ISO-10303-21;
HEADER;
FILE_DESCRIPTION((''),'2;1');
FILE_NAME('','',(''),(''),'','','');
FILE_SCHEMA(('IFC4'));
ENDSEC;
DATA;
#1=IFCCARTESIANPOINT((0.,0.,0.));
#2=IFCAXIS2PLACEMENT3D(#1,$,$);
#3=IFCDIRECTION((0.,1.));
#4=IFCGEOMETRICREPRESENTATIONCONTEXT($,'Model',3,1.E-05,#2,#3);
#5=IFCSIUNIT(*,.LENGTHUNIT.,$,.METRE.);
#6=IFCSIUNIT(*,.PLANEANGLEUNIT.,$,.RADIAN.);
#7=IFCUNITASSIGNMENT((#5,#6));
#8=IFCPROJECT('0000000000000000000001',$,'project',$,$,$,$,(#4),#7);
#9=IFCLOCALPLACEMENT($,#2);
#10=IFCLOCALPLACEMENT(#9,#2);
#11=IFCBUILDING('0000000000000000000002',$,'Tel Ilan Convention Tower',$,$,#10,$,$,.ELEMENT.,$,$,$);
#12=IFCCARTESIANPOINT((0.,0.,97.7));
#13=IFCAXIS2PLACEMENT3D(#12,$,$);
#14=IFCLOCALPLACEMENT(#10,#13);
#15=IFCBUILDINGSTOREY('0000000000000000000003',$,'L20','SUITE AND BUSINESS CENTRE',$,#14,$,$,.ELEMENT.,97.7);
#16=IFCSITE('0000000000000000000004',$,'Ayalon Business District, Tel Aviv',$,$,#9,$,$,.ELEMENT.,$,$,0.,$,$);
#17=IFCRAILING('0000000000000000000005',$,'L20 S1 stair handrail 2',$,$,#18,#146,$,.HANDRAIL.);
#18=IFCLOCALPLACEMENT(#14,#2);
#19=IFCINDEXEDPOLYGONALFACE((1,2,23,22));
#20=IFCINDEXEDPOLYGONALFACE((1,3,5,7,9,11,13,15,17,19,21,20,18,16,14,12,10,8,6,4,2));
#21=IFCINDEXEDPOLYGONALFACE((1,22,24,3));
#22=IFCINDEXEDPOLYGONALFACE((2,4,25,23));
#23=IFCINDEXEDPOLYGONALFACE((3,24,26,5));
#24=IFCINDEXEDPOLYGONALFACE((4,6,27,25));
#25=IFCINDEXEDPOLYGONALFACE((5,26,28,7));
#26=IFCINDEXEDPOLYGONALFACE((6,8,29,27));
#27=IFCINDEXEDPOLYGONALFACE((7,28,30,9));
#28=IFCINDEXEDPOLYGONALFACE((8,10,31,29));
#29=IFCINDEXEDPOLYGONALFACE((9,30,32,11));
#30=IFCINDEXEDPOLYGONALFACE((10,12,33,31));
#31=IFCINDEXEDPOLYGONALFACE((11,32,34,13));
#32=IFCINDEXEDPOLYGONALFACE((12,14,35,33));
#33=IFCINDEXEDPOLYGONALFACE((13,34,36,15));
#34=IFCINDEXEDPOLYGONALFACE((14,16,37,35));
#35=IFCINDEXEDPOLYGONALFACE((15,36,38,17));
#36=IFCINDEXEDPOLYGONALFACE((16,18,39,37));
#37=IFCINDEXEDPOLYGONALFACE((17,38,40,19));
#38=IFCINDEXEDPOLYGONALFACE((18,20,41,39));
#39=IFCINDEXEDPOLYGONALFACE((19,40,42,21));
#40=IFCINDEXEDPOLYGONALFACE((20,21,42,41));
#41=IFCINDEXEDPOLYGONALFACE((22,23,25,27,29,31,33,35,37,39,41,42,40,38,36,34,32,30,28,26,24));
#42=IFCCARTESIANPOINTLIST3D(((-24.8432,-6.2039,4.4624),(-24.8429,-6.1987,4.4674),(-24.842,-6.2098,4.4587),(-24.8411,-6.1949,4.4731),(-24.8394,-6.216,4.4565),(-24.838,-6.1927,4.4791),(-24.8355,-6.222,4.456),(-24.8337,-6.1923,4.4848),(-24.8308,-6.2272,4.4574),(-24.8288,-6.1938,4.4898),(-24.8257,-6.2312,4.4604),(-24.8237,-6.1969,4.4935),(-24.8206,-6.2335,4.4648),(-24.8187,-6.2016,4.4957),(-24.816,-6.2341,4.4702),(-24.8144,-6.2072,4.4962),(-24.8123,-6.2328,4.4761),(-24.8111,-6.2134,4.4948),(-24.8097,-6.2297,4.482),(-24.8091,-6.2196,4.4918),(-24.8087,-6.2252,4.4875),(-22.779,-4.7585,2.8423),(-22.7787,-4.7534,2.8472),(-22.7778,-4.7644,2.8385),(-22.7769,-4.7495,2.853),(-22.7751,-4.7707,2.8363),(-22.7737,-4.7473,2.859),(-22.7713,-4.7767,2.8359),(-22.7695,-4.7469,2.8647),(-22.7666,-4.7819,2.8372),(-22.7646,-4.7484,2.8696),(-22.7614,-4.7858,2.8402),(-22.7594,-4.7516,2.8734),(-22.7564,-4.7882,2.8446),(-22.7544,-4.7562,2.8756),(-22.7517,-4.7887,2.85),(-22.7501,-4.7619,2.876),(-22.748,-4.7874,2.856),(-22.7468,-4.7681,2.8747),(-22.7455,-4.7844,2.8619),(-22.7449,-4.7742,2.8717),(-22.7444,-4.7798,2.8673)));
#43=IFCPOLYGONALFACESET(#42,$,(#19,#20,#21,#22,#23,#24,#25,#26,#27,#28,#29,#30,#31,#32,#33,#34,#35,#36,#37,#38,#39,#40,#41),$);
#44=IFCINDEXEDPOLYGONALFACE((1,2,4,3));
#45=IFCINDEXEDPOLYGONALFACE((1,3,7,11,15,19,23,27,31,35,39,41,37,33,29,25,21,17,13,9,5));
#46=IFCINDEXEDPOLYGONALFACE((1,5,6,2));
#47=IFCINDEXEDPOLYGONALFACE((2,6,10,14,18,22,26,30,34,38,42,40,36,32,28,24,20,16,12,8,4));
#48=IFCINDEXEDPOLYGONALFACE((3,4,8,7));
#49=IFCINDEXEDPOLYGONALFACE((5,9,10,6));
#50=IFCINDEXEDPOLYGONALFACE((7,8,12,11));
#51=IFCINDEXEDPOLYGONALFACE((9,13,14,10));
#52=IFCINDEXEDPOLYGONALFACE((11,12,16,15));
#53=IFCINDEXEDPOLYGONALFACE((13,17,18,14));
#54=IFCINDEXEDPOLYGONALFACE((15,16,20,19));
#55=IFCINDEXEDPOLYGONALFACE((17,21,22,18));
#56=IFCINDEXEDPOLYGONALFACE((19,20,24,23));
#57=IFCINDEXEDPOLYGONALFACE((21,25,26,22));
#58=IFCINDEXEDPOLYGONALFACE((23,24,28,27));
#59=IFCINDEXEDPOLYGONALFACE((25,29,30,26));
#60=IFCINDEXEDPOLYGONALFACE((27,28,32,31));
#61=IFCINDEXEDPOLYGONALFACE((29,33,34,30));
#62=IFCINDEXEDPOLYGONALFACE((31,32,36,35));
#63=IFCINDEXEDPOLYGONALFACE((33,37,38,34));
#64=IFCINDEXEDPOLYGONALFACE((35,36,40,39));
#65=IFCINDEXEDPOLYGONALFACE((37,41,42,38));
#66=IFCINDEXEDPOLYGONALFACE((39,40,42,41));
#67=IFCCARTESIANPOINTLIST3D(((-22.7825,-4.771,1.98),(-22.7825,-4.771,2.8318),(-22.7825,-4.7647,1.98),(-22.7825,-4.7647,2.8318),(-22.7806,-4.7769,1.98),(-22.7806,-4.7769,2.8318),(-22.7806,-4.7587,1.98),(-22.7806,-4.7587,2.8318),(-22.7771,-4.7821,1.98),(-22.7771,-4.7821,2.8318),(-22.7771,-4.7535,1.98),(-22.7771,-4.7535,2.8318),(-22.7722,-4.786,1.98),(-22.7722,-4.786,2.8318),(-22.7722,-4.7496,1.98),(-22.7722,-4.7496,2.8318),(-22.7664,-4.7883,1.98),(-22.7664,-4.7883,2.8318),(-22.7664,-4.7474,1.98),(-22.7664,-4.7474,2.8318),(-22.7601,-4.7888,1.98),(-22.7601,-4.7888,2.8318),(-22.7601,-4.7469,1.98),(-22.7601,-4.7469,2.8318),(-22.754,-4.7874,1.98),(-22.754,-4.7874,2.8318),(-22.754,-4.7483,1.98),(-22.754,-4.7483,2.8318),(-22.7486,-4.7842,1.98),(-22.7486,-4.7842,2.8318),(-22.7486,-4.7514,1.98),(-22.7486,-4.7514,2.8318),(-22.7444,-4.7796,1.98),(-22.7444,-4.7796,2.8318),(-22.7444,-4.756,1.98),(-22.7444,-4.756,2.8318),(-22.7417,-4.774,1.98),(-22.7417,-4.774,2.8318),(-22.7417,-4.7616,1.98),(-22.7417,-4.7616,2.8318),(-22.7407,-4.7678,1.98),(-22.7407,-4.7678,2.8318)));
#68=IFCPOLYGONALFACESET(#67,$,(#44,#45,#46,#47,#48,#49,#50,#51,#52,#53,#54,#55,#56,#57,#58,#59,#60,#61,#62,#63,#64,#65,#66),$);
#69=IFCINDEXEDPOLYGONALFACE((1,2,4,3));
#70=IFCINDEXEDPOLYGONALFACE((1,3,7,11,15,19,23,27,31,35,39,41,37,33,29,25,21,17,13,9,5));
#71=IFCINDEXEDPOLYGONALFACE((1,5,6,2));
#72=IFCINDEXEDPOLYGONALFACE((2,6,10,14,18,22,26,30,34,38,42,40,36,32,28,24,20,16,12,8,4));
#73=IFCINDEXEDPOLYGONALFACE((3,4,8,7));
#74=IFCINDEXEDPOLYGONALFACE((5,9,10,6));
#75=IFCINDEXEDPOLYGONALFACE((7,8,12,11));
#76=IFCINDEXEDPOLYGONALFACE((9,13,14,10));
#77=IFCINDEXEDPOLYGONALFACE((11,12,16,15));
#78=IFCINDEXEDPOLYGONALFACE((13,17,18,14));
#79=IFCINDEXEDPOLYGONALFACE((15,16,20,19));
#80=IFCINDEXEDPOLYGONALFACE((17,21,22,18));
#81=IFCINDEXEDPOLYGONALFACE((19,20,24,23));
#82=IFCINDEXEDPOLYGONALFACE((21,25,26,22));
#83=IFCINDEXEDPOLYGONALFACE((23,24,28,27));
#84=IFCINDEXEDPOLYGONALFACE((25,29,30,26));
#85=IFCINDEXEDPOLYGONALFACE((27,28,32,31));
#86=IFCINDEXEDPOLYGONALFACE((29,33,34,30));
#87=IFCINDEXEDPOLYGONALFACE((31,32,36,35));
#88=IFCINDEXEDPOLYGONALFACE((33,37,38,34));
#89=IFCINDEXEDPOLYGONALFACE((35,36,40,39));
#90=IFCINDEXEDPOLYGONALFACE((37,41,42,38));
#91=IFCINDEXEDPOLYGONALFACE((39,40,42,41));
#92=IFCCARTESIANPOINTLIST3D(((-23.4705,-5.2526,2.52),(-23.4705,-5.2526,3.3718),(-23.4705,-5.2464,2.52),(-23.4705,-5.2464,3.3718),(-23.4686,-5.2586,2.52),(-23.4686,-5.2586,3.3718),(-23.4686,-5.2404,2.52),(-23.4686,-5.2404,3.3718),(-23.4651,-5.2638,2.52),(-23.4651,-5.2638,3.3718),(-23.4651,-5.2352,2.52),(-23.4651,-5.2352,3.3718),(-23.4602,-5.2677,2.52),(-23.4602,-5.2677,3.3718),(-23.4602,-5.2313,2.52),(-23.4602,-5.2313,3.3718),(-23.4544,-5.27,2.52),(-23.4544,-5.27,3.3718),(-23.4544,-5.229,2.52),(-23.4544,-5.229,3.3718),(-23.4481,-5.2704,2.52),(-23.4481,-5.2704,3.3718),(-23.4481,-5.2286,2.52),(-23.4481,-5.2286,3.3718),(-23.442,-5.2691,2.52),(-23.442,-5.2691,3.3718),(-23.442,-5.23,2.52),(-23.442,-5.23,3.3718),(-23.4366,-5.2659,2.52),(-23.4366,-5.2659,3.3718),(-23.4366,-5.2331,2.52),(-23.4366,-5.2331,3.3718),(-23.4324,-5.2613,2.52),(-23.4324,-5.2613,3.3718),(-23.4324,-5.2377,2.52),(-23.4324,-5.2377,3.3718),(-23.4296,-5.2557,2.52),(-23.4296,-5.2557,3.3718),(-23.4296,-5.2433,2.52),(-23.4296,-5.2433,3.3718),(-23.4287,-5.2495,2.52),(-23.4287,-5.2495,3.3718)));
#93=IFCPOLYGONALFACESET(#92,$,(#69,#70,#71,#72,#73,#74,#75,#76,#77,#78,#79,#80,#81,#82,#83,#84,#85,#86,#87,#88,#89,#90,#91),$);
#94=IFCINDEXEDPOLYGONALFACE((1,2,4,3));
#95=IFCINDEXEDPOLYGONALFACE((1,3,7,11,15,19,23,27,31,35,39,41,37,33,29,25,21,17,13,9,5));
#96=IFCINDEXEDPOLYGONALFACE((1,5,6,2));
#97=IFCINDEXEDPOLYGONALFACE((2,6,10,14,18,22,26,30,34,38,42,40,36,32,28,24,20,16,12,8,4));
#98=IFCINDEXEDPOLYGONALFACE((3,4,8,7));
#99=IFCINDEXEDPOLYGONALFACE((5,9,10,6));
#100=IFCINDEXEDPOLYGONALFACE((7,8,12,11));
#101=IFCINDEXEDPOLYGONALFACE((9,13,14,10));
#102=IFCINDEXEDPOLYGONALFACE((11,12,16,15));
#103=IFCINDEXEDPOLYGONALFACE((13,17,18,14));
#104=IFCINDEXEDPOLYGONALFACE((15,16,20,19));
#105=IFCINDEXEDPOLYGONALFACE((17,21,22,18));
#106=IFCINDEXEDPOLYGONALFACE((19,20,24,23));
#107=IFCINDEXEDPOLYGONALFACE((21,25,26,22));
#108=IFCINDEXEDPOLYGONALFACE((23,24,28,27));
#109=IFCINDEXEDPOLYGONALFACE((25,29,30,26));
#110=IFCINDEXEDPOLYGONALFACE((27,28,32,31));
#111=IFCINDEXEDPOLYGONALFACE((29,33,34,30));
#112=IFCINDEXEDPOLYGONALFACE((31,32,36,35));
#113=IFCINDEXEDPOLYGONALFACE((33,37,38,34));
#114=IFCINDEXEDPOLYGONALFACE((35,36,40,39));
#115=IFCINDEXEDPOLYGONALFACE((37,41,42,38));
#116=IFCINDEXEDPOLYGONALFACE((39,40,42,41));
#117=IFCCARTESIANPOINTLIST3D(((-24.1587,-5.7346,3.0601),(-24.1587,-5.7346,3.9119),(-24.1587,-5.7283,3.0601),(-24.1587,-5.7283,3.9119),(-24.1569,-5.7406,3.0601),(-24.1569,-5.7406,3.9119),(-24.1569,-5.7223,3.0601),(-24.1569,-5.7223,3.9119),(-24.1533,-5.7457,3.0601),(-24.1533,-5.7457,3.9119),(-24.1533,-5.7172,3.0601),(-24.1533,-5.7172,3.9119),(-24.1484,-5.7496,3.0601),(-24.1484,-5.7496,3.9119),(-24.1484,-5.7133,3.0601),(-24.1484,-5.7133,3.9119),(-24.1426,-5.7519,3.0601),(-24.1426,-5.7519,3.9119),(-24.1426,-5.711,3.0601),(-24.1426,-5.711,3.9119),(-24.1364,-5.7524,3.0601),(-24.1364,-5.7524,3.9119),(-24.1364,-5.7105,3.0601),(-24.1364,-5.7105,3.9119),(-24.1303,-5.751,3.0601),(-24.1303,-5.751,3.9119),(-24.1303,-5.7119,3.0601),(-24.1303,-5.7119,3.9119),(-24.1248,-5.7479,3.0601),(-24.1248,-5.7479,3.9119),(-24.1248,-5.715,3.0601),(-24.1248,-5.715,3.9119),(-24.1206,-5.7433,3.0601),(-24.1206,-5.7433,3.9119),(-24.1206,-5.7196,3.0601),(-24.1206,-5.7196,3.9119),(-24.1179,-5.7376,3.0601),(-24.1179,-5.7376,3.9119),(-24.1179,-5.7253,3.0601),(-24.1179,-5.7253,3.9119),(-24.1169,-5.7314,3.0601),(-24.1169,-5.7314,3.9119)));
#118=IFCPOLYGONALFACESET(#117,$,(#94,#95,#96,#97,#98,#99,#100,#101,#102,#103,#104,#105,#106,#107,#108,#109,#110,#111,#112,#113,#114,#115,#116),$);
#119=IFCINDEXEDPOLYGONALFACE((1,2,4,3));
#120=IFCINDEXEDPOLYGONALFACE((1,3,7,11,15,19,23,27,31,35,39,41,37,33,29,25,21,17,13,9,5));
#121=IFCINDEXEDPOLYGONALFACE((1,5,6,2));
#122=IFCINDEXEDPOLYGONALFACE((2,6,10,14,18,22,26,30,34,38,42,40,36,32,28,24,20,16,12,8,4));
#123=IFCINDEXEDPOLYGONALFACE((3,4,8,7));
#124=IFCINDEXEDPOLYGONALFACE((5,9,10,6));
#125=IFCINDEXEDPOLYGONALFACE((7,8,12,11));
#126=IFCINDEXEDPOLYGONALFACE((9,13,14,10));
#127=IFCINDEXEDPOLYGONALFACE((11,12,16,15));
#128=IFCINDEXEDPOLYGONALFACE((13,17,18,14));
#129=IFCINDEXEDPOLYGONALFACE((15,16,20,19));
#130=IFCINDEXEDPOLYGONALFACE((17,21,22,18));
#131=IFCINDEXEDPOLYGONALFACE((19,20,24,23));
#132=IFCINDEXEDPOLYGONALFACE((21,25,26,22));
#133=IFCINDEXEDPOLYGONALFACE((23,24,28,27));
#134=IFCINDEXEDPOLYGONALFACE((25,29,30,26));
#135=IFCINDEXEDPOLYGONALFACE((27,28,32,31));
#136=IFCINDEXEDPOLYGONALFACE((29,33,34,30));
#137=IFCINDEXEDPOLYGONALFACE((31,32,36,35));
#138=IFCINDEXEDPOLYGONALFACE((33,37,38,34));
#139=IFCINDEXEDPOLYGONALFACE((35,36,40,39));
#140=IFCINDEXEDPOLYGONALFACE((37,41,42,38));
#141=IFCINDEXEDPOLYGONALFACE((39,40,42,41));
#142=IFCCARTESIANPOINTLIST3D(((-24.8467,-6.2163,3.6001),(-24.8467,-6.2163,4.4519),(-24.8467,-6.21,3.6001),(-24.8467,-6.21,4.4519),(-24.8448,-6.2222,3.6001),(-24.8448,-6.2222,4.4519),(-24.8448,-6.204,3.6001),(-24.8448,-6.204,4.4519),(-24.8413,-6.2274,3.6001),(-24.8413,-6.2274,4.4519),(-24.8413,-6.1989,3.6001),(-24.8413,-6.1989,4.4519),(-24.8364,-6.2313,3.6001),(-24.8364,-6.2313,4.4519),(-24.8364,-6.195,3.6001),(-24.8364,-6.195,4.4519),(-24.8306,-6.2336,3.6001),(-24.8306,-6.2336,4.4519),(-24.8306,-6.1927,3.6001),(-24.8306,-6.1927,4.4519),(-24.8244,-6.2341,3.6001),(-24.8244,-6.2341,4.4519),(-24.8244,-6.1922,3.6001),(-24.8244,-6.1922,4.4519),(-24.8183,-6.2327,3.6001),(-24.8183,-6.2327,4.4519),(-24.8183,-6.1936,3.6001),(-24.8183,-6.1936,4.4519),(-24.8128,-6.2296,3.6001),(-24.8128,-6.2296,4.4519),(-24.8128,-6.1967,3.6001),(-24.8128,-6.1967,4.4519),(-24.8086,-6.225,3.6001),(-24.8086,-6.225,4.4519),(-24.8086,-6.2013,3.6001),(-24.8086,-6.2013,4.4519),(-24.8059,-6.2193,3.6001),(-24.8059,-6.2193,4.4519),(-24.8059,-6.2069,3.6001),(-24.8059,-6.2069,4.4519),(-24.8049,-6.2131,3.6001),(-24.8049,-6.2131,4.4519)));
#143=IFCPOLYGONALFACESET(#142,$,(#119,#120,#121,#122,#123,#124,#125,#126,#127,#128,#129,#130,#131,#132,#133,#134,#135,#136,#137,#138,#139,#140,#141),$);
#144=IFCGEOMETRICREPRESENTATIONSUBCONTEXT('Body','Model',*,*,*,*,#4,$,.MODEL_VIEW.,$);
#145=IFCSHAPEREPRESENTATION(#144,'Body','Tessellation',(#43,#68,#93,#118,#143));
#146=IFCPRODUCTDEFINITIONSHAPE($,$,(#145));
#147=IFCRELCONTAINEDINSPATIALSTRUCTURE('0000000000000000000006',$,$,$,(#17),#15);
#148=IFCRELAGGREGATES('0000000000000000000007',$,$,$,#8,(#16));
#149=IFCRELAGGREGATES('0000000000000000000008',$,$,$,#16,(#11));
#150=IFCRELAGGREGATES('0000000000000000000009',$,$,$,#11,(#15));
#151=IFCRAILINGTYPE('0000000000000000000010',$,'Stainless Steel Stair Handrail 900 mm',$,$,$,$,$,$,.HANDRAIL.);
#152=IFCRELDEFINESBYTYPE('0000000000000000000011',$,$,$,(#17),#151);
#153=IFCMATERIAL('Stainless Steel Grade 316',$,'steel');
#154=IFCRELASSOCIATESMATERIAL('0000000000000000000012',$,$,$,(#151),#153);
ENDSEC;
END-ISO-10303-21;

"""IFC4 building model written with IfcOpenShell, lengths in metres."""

from ifc_helpers import new_model, si_unit, direction, frame, origin, origin_2d, place, context, subcontext, project, spatial, circle, extrude, material, type_object, element, save


model = new_model("IFC4")

# Units and contexts
model_context = context("Model", 3, precision=1e-05, world=origin(), true_north=direction((0.0, 1.0)))
body_context = subcontext(model_context, "Body", "Model", "MODEL_VIEW")
ifc_project = project(units=[si_unit("LENGTHUNIT", "METRE"), si_unit("PLANEANGLEUNIT", "RADIAN")], contexts=[model_context])

# Site, building, storey
site_placement = place(None, origin())
site = spatial("IfcSite", under=ifc_project, at=site_placement, Name="Ayalon Business District, Tel Aviv", CompositionType="ELEMENT", RefElevation=0.0)
building_placement = place(site_placement, origin())
building = spatial("IfcBuilding", under=site, at=building_placement, Name="Tel Ilan Convention Tower", CompositionType="ELEMENT")
storey_placement = place(building_placement, frame((0.0, 0.0, 97.7)))
storey = spatial("IfcBuildingStorey", under=building, at=storey_placement, Name="L20", Description="SUITE AND BUSINESS CENTRE", CompositionType="ELEMENT", Elevation=97.7)

# Railing
ifc_material_1 = material(Name="Stainless Steel Grade 316", Category="steel")
railing_type_1 = type_object("IfcRailingType", Name="Stainless Steel Stair Handrail 900 mm", PredefinedType="HANDRAIL", material=ifc_material_1)
railing_1_placement = place(storey_placement, frame((-22.7617, -4.7678, 1.98)))
element("IfcRailing", 1, at=railing_1_placement, inside=storey, type_object=railing_type_1, Name="L20 S1 stair handrail 2", PredefinedType="HANDRAIL", context=body_context, shape_type="SweptSolid", body=[
    extrude(circle(Radius=0.0239, at=origin_2d()), frame((0.0, 0.0, 0.876), z_axis=(-0.68904, -0.48245, 0.540801), x_axis=(0.57356, -0.819164, 0.0)), (0.0, 0.0, 1.0), 2.9958),
    extrude(circle(Radius=0.021, at=origin_2d()), origin(), (0.0, 0.0, 1.0), 0.8518),
    extrude(circle(Radius=0.021, at=origin_2d()), frame((-0.688, -0.4817, 0.54)), (0.0, 0.0, 1.0), 0.8518),
    extrude(circle(Radius=0.021, at=origin_2d()), frame((-1.3762, -0.9636, 1.0801)), (0.0, 0.0, 1.0), 0.8518),
    extrude(circle(Radius=0.021, at=origin_2d()), frame((-2.0642, -1.4453, 1.6201)), (0.0, 0.0, 1.0), 0.8518),
])

save(model, "model.ifc")
